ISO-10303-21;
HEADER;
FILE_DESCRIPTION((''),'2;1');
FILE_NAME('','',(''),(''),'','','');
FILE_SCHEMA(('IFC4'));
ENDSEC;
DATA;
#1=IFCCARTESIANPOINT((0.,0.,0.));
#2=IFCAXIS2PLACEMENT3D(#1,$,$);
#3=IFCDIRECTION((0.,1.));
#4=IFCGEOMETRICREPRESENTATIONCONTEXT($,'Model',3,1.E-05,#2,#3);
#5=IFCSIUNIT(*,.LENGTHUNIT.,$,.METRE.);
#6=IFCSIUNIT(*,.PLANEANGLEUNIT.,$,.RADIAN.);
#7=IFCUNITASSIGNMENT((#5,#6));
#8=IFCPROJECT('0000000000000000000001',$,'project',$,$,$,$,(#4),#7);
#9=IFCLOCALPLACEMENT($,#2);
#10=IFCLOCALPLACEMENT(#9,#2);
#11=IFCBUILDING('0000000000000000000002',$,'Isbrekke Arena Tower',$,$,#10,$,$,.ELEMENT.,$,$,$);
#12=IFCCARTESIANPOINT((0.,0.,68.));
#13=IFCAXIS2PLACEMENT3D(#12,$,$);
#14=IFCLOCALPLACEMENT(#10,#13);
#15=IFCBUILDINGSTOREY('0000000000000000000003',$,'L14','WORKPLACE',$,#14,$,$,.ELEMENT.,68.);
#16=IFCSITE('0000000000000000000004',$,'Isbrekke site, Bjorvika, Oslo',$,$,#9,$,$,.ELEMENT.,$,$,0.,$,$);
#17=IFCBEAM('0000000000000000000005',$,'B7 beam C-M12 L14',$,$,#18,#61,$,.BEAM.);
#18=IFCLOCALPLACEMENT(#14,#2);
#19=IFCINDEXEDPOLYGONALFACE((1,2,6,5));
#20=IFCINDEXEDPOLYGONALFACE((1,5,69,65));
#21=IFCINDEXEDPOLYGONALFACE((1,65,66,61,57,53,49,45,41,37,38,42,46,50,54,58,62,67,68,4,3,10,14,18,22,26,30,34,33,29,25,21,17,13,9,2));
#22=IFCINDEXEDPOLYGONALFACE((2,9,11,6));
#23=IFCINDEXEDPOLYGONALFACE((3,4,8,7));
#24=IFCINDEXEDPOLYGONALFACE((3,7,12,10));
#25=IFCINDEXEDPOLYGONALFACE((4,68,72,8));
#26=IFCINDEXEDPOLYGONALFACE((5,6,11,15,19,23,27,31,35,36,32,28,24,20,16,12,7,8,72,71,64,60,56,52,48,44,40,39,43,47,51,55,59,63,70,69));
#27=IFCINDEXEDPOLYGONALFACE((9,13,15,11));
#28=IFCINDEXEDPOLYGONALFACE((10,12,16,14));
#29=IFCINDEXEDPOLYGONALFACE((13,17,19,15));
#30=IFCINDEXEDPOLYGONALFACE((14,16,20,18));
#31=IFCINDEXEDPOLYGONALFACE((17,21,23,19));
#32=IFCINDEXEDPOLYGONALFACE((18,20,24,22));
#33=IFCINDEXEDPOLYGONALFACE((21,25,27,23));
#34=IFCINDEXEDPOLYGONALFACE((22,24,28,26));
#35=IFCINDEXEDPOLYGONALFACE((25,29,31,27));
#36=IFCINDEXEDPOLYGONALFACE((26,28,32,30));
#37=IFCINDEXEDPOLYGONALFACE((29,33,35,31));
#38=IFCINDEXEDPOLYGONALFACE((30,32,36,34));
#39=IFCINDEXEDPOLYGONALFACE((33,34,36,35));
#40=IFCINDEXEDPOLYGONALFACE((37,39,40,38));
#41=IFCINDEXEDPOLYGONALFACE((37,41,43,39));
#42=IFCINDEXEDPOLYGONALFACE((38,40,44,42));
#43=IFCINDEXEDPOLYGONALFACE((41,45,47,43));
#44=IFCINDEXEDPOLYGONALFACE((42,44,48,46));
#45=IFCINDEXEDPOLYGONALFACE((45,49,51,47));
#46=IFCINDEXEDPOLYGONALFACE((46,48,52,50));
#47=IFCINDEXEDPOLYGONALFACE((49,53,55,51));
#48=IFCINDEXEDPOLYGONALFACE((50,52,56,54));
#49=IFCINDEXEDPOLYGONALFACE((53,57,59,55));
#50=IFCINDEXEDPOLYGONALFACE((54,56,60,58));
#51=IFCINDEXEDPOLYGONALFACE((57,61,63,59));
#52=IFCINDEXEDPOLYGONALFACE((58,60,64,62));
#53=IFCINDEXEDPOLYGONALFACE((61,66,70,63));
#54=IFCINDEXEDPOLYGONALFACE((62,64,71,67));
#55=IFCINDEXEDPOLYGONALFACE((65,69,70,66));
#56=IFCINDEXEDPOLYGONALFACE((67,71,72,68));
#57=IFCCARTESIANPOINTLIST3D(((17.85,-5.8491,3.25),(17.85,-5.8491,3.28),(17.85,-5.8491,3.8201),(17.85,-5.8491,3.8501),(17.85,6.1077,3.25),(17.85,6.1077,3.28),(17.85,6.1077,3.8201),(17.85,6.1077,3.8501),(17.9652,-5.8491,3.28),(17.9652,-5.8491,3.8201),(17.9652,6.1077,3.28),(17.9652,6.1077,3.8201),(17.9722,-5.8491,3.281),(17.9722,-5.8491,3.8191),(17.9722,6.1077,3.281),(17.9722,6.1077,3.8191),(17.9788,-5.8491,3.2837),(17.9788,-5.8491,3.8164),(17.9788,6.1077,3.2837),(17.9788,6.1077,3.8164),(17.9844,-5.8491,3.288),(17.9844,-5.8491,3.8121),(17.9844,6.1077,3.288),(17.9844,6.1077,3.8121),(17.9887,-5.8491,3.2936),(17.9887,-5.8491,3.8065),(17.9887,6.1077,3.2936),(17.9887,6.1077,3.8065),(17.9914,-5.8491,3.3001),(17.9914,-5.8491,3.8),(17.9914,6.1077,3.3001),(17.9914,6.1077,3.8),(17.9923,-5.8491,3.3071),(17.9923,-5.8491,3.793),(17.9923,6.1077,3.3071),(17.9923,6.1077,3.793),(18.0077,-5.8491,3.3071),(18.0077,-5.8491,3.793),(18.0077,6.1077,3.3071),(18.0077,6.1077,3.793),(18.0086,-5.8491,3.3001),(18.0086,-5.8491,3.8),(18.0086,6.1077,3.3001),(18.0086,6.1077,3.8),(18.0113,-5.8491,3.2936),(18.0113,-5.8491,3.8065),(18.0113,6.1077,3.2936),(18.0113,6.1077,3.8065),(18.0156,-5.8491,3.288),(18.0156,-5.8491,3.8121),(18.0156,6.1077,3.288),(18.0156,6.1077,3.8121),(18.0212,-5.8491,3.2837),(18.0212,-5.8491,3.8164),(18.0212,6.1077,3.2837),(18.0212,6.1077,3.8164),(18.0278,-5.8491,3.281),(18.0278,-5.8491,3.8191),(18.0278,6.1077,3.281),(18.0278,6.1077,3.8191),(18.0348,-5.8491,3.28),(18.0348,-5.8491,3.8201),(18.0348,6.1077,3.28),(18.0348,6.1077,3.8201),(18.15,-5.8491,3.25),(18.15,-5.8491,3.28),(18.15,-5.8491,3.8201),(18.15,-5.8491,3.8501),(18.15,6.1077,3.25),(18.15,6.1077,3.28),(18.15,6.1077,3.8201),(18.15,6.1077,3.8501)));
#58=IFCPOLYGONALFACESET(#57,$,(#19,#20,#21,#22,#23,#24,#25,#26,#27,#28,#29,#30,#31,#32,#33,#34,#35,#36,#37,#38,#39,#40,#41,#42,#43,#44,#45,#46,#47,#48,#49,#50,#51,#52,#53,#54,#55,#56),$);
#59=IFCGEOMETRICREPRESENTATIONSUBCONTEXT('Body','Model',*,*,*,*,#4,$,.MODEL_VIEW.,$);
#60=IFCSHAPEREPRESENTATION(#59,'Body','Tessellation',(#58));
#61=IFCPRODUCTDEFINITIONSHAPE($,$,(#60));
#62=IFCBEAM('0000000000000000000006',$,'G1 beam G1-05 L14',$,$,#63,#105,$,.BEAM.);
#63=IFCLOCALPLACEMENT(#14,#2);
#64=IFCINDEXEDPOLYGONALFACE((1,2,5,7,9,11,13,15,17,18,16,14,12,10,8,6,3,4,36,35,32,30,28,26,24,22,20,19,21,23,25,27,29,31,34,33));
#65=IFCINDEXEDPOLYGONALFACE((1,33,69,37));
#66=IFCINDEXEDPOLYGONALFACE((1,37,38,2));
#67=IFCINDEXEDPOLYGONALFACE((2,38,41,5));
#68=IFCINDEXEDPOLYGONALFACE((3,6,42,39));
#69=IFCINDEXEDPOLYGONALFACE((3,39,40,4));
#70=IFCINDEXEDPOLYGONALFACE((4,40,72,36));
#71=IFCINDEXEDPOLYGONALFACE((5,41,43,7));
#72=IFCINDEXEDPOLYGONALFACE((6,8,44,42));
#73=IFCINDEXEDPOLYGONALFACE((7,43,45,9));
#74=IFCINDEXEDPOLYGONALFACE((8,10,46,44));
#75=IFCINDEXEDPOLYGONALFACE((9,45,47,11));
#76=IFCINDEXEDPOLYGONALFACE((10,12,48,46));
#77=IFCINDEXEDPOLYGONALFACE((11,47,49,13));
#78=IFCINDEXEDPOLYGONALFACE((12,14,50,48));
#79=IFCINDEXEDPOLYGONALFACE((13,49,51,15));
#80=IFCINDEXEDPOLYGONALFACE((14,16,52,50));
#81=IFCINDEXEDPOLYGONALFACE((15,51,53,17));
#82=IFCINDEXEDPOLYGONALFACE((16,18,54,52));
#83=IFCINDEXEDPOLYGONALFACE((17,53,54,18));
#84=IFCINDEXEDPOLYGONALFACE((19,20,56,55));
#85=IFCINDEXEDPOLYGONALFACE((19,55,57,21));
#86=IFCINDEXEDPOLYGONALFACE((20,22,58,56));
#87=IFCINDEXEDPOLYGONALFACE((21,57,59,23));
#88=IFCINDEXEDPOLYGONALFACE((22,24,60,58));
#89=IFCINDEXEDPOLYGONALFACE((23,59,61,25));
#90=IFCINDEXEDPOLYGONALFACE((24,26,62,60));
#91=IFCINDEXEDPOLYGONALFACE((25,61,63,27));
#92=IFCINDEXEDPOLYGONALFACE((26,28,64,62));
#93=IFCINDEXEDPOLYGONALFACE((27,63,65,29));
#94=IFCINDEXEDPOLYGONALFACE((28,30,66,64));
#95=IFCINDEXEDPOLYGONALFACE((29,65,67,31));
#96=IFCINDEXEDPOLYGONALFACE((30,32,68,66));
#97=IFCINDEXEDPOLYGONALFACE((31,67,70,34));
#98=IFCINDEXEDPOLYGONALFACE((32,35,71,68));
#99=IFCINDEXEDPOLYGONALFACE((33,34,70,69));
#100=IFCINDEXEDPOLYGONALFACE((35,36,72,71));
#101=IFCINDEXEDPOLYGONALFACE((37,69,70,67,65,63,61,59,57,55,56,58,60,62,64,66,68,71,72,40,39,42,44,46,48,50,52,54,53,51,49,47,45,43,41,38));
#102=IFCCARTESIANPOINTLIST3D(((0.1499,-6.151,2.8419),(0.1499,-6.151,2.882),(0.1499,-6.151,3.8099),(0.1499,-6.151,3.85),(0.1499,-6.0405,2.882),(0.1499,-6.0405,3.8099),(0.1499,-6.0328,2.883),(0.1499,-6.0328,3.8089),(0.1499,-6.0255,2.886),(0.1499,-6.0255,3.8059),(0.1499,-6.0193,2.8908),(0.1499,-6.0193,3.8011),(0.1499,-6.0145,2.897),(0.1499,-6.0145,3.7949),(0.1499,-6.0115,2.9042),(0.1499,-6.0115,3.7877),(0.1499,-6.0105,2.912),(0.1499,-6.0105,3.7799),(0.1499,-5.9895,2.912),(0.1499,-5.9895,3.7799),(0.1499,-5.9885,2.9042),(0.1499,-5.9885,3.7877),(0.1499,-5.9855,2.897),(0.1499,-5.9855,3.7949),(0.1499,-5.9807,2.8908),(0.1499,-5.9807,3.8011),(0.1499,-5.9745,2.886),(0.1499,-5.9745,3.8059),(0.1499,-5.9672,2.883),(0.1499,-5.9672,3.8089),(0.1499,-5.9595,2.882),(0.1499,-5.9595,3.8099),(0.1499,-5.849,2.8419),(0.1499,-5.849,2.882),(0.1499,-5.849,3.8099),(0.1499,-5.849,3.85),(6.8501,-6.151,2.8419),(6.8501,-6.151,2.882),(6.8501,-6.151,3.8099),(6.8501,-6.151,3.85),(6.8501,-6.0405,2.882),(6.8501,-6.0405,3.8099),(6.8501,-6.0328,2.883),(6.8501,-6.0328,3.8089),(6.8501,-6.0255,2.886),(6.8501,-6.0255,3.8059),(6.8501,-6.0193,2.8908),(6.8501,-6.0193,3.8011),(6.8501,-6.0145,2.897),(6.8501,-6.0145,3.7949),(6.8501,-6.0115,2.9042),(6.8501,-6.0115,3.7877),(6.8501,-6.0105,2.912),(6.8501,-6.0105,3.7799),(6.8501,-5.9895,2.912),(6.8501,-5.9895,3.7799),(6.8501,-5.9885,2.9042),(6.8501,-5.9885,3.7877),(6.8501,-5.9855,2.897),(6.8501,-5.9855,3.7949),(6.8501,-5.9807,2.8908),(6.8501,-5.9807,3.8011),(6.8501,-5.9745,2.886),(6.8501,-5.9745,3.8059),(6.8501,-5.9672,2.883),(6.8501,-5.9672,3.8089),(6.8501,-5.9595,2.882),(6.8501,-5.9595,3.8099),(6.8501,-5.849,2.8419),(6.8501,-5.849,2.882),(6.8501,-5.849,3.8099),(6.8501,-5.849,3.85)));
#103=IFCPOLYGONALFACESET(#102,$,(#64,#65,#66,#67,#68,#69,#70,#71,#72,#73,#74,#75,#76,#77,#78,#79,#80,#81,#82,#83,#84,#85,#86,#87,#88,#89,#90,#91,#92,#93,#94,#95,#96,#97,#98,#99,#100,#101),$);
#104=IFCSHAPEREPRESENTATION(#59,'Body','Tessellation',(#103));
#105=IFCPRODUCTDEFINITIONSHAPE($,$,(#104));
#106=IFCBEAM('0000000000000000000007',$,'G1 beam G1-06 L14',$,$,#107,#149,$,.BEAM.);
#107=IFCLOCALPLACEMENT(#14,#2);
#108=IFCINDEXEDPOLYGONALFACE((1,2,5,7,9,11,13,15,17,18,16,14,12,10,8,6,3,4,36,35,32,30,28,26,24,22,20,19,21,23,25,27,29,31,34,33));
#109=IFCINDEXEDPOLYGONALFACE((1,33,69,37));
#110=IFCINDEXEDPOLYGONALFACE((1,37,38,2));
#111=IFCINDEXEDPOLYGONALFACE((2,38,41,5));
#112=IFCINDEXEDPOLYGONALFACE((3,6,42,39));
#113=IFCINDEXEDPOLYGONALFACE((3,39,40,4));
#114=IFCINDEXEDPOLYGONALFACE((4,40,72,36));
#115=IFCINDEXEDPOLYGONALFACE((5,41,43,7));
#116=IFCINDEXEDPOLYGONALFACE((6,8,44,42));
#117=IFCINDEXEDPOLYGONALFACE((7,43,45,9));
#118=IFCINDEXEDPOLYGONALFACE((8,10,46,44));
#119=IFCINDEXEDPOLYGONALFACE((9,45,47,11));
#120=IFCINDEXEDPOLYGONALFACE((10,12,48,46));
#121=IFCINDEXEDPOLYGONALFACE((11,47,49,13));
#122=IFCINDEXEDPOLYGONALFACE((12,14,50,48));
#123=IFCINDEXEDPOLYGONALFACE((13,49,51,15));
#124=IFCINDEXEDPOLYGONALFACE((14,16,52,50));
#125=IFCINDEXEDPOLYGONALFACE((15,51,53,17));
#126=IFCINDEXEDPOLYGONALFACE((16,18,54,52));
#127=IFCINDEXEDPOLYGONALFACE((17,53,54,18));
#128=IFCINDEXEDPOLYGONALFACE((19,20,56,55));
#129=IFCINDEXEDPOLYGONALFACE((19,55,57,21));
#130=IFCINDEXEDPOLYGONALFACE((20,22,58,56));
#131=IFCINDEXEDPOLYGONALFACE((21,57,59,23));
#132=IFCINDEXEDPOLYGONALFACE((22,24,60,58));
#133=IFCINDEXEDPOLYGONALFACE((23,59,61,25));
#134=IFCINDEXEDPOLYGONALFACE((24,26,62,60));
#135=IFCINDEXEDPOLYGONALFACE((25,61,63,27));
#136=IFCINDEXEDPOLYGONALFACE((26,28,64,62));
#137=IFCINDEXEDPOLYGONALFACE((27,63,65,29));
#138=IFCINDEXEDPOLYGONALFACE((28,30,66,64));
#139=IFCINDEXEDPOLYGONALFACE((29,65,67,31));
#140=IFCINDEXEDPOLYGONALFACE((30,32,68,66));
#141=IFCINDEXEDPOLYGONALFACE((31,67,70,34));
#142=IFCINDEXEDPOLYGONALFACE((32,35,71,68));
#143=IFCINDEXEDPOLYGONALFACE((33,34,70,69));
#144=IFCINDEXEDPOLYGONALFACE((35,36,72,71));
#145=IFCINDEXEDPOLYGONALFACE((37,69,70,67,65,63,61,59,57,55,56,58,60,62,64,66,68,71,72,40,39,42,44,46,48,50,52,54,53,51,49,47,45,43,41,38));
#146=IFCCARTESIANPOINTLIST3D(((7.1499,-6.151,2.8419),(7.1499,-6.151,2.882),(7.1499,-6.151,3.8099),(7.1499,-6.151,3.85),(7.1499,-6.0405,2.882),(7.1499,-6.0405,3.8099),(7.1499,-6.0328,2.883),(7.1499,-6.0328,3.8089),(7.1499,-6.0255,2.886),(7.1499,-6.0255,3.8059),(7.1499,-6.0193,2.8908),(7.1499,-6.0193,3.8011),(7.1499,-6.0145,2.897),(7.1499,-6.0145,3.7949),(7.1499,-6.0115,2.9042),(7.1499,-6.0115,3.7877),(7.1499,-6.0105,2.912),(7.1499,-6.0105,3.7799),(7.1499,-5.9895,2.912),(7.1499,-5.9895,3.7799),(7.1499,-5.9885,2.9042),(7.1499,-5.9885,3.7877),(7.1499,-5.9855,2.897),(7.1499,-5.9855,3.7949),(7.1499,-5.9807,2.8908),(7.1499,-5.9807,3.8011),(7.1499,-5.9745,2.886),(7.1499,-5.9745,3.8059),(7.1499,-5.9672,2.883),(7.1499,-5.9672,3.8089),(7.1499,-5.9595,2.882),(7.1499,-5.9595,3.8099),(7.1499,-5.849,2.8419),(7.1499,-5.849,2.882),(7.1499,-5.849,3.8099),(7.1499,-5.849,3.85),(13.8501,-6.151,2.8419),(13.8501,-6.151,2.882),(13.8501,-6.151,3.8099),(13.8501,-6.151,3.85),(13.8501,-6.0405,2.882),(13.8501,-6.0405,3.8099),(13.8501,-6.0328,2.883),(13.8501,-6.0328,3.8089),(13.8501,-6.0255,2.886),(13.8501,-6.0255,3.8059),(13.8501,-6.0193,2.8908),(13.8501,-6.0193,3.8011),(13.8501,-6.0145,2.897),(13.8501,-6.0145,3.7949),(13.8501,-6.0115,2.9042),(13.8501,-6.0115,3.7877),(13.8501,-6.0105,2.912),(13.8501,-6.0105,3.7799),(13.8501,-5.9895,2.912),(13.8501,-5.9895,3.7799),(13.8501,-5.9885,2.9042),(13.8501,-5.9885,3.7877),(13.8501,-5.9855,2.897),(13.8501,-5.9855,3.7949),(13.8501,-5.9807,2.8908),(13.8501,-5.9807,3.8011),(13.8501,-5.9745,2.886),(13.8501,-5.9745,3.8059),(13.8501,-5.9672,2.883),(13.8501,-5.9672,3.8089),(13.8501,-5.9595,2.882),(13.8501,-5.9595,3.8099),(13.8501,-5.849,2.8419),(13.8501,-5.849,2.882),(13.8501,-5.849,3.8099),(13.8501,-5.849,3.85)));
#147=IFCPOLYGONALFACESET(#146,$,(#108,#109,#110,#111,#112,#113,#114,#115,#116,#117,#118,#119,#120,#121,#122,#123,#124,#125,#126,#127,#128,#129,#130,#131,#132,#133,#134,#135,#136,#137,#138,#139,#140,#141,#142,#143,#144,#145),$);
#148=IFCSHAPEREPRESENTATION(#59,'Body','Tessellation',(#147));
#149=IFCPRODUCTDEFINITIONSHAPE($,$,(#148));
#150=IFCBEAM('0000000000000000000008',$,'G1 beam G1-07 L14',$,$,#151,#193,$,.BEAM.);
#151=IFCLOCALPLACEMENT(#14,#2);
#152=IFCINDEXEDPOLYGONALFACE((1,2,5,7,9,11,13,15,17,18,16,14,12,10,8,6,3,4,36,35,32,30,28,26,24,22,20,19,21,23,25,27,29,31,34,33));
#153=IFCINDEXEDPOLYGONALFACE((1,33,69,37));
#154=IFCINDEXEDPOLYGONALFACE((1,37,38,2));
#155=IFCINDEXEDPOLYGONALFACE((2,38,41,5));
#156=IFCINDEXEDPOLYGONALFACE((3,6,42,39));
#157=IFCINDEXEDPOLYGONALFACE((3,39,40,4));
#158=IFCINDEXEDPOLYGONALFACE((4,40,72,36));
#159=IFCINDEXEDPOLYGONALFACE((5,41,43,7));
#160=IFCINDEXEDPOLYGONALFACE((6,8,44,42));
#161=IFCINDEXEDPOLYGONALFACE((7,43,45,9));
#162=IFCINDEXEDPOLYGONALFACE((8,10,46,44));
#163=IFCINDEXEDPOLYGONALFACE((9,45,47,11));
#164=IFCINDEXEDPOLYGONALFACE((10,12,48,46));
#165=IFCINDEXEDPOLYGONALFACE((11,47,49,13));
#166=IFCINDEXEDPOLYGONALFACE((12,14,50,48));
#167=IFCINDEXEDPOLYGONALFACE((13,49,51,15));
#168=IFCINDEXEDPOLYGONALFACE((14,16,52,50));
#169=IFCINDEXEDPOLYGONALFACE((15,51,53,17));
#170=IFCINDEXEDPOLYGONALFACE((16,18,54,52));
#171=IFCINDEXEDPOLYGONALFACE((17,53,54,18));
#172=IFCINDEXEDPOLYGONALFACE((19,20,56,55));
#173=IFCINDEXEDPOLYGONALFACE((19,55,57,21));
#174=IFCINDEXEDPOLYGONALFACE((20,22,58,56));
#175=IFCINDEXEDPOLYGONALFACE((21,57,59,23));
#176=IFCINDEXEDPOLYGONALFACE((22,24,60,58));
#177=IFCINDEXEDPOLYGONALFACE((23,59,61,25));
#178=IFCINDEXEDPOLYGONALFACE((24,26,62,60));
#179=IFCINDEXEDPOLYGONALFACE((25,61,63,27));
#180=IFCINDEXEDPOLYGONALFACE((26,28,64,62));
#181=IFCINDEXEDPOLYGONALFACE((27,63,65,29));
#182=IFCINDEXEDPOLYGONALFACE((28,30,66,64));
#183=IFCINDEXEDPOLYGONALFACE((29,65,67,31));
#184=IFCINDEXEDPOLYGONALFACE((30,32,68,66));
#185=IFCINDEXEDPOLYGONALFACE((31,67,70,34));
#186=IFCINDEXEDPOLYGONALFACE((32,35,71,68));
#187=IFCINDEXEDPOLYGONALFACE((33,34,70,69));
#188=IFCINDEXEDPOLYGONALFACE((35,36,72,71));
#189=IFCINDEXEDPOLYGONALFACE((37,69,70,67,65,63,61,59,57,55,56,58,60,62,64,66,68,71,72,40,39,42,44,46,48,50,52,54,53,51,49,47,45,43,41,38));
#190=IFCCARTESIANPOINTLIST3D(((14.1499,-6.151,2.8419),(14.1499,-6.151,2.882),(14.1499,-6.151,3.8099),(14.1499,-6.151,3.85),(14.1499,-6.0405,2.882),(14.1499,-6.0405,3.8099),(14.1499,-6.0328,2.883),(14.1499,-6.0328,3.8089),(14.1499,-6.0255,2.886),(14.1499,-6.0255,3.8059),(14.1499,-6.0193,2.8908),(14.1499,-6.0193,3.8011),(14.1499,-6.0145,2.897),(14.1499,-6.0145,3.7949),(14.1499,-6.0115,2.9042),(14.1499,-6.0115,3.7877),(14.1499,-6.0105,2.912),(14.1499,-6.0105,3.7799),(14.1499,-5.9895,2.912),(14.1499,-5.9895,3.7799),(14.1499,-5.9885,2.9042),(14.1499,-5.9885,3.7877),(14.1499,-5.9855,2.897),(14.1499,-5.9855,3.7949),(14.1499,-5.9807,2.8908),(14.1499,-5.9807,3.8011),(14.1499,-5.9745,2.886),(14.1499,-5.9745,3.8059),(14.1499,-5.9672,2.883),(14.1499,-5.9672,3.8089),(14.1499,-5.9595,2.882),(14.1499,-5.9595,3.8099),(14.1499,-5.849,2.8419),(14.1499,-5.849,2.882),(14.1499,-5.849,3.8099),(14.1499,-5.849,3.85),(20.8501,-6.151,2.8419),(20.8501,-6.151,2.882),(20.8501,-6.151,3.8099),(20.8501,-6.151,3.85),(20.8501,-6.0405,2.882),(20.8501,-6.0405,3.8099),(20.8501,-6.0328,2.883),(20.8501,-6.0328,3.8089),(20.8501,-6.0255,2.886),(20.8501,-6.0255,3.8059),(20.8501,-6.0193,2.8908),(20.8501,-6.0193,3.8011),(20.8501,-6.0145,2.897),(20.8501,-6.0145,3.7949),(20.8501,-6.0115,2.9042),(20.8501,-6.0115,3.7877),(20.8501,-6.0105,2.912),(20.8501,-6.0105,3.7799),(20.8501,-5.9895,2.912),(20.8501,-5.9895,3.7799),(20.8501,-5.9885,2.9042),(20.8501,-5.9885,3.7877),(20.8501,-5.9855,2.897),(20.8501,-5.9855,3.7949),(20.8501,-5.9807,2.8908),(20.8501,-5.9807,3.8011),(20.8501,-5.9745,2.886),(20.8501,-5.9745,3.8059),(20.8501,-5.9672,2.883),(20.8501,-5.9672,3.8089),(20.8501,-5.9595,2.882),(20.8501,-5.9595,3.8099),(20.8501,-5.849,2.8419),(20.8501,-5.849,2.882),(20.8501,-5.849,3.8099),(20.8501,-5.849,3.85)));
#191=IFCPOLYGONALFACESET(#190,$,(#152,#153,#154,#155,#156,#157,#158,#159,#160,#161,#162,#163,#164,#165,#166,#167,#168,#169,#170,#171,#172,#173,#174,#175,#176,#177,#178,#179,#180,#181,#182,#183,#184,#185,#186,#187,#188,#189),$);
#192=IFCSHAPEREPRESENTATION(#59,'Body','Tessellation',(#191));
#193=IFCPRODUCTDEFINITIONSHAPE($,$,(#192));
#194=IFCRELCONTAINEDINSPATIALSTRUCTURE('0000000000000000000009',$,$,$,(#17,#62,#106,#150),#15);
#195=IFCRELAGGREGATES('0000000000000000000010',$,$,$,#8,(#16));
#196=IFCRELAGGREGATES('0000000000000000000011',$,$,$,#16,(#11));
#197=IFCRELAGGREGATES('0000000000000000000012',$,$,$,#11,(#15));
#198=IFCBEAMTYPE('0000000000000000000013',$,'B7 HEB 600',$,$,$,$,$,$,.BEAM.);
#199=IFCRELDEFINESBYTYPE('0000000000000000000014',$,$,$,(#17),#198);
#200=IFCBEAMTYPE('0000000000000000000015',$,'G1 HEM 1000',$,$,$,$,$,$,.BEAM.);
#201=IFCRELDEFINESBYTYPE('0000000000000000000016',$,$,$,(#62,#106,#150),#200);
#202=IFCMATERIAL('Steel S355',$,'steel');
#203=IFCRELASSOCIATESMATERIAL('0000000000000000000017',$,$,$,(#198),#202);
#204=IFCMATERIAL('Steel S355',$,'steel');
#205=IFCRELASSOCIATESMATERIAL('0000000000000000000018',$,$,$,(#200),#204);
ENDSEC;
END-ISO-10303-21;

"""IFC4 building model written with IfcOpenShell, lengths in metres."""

from ifc_helpers import new_model, si_unit, direction, frame, origin, origin_2d, place, context, subcontext, project, spatial, i_section, extrude, material, material_profile, profile_set, type_object, element, save


model = new_model("IFC4")

# Units and contexts
model_context = context("Model", 3, precision=1e-05, world=origin(), true_north=direction((0.0, 1.0)))
body_context = subcontext(model_context, "Body", "Model", "MODEL_VIEW")
ifc_project = project(units=[si_unit("LENGTHUNIT", "METRE"), si_unit("PLANEANGLEUNIT", "RADIAN")], contexts=[model_context])

# Site, building, storey
site_placement = place(None, origin())
site = spatial("IfcSite", under=ifc_project, at=site_placement, Name="Isbrekke site, Bjorvika, Oslo", CompositionType="ELEMENT", RefElevation=0.0)
building_placement = place(site_placement, origin())
building = spatial("IfcBuilding", under=site, at=building_placement, Name="Isbrekke Arena Tower", CompositionType="ELEMENT")
storey_placement = place(building_placement, frame((0.0, 0.0, 68.0)))
storey = spatial("IfcBuildingStorey", under=building, at=storey_placement, Name="L14", Description="WORKPLACE", CompositionType="ELEMENT", Elevation=68.0)

# Beams
ifc_material_1 = material(Name="Steel S355", Category="steel")
ifc_material_profile_1 = material_profile(ifc_material_1, i_section(OverallWidth=0.3, OverallDepth=0.6001, WebThickness=0.0154, FlangeThickness=0.03, FilletRadius=0.0271, at=origin_2d()), Name="HEB 600")
ifc_profile_set_1 = profile_set([ifc_material_profile_1], Name="Steel S355")
beam_type_1 = type_object("IfcBeamType", Name="B7 HEB 600", PredefinedType="BEAM", material=ifc_profile_set_1)
beam_1_placement = place(storey_placement, frame((18.0, -5.8491, 3.55), z_axis=(0.0, 1.0, 0.0), x_axis=(-1.0, 0.0, 0.0)))
element("IfcBeam", 1, at=beam_1_placement, inside=storey, type_object=beam_type_1, Name="B7 beam C-M12 L14", PredefinedType="BEAM", context=body_context, shape_type="SweptSolid", body=[
    extrude(i_section(OverallWidth=0.3, OverallDepth=0.6001, WebThickness=0.0154, FlangeThickness=0.03, FilletRadius=0.0271, at=origin_2d()), origin(), (0.0, 0.0, 1.0), 11.9568),
])
ifc_material_2 = material(Name="Steel S355", Category="steel")
ifc_material_profile_2 = material_profile(ifc_material_2, i_section(OverallWidth=0.302, OverallDepth=1.0081, WebThickness=0.021, FlangeThickness=0.04, FilletRadius=0.03, at=origin_2d()), Name="HEM 1000")
ifc_profile_set_2 = profile_set([ifc_material_profile_2], Name="Steel S355")
beam_type_2 = type_object("IfcBeamType", Name="G1 HEM 1000", PredefinedType="BEAM", material=ifc_profile_set_2)
for number, where, z_axis, x_axis, name in (
    (2, (0.1499, -6.0, 3.3459), (1.0, 0.0, 0.0), (0.0, 1.0, 0.0), "G1 beam G1-05 L14"),
    (3, (7.1499, -6.0, 3.3459), (1.0, 0.0, 0.0), (0.0, 1.0, 0.0), "G1 beam G1-06 L14"),
    (4, (14.1499, -6.0, 3.3459), (1.0, 0.0, 0.0), (0.0, 1.0, 0.0), "G1 beam G1-07 L14"),
):
    element("IfcBeam", number, at=place(storey_placement, frame(where, z_axis=z_axis, x_axis=x_axis)), inside=storey, type_object=beam_type_2, Name=name, PredefinedType="BEAM", context=body_context, shape_type="SweptSolid", body=[
        extrude(i_section(OverallWidth=0.302, OverallDepth=1.0081, WebThickness=0.021, FlangeThickness=0.04, FilletRadius=0.03, at=origin_2d()), origin(), (0.0, 0.0, 1.0), 6.7002),
    ])

save(model, "model.ifc")
